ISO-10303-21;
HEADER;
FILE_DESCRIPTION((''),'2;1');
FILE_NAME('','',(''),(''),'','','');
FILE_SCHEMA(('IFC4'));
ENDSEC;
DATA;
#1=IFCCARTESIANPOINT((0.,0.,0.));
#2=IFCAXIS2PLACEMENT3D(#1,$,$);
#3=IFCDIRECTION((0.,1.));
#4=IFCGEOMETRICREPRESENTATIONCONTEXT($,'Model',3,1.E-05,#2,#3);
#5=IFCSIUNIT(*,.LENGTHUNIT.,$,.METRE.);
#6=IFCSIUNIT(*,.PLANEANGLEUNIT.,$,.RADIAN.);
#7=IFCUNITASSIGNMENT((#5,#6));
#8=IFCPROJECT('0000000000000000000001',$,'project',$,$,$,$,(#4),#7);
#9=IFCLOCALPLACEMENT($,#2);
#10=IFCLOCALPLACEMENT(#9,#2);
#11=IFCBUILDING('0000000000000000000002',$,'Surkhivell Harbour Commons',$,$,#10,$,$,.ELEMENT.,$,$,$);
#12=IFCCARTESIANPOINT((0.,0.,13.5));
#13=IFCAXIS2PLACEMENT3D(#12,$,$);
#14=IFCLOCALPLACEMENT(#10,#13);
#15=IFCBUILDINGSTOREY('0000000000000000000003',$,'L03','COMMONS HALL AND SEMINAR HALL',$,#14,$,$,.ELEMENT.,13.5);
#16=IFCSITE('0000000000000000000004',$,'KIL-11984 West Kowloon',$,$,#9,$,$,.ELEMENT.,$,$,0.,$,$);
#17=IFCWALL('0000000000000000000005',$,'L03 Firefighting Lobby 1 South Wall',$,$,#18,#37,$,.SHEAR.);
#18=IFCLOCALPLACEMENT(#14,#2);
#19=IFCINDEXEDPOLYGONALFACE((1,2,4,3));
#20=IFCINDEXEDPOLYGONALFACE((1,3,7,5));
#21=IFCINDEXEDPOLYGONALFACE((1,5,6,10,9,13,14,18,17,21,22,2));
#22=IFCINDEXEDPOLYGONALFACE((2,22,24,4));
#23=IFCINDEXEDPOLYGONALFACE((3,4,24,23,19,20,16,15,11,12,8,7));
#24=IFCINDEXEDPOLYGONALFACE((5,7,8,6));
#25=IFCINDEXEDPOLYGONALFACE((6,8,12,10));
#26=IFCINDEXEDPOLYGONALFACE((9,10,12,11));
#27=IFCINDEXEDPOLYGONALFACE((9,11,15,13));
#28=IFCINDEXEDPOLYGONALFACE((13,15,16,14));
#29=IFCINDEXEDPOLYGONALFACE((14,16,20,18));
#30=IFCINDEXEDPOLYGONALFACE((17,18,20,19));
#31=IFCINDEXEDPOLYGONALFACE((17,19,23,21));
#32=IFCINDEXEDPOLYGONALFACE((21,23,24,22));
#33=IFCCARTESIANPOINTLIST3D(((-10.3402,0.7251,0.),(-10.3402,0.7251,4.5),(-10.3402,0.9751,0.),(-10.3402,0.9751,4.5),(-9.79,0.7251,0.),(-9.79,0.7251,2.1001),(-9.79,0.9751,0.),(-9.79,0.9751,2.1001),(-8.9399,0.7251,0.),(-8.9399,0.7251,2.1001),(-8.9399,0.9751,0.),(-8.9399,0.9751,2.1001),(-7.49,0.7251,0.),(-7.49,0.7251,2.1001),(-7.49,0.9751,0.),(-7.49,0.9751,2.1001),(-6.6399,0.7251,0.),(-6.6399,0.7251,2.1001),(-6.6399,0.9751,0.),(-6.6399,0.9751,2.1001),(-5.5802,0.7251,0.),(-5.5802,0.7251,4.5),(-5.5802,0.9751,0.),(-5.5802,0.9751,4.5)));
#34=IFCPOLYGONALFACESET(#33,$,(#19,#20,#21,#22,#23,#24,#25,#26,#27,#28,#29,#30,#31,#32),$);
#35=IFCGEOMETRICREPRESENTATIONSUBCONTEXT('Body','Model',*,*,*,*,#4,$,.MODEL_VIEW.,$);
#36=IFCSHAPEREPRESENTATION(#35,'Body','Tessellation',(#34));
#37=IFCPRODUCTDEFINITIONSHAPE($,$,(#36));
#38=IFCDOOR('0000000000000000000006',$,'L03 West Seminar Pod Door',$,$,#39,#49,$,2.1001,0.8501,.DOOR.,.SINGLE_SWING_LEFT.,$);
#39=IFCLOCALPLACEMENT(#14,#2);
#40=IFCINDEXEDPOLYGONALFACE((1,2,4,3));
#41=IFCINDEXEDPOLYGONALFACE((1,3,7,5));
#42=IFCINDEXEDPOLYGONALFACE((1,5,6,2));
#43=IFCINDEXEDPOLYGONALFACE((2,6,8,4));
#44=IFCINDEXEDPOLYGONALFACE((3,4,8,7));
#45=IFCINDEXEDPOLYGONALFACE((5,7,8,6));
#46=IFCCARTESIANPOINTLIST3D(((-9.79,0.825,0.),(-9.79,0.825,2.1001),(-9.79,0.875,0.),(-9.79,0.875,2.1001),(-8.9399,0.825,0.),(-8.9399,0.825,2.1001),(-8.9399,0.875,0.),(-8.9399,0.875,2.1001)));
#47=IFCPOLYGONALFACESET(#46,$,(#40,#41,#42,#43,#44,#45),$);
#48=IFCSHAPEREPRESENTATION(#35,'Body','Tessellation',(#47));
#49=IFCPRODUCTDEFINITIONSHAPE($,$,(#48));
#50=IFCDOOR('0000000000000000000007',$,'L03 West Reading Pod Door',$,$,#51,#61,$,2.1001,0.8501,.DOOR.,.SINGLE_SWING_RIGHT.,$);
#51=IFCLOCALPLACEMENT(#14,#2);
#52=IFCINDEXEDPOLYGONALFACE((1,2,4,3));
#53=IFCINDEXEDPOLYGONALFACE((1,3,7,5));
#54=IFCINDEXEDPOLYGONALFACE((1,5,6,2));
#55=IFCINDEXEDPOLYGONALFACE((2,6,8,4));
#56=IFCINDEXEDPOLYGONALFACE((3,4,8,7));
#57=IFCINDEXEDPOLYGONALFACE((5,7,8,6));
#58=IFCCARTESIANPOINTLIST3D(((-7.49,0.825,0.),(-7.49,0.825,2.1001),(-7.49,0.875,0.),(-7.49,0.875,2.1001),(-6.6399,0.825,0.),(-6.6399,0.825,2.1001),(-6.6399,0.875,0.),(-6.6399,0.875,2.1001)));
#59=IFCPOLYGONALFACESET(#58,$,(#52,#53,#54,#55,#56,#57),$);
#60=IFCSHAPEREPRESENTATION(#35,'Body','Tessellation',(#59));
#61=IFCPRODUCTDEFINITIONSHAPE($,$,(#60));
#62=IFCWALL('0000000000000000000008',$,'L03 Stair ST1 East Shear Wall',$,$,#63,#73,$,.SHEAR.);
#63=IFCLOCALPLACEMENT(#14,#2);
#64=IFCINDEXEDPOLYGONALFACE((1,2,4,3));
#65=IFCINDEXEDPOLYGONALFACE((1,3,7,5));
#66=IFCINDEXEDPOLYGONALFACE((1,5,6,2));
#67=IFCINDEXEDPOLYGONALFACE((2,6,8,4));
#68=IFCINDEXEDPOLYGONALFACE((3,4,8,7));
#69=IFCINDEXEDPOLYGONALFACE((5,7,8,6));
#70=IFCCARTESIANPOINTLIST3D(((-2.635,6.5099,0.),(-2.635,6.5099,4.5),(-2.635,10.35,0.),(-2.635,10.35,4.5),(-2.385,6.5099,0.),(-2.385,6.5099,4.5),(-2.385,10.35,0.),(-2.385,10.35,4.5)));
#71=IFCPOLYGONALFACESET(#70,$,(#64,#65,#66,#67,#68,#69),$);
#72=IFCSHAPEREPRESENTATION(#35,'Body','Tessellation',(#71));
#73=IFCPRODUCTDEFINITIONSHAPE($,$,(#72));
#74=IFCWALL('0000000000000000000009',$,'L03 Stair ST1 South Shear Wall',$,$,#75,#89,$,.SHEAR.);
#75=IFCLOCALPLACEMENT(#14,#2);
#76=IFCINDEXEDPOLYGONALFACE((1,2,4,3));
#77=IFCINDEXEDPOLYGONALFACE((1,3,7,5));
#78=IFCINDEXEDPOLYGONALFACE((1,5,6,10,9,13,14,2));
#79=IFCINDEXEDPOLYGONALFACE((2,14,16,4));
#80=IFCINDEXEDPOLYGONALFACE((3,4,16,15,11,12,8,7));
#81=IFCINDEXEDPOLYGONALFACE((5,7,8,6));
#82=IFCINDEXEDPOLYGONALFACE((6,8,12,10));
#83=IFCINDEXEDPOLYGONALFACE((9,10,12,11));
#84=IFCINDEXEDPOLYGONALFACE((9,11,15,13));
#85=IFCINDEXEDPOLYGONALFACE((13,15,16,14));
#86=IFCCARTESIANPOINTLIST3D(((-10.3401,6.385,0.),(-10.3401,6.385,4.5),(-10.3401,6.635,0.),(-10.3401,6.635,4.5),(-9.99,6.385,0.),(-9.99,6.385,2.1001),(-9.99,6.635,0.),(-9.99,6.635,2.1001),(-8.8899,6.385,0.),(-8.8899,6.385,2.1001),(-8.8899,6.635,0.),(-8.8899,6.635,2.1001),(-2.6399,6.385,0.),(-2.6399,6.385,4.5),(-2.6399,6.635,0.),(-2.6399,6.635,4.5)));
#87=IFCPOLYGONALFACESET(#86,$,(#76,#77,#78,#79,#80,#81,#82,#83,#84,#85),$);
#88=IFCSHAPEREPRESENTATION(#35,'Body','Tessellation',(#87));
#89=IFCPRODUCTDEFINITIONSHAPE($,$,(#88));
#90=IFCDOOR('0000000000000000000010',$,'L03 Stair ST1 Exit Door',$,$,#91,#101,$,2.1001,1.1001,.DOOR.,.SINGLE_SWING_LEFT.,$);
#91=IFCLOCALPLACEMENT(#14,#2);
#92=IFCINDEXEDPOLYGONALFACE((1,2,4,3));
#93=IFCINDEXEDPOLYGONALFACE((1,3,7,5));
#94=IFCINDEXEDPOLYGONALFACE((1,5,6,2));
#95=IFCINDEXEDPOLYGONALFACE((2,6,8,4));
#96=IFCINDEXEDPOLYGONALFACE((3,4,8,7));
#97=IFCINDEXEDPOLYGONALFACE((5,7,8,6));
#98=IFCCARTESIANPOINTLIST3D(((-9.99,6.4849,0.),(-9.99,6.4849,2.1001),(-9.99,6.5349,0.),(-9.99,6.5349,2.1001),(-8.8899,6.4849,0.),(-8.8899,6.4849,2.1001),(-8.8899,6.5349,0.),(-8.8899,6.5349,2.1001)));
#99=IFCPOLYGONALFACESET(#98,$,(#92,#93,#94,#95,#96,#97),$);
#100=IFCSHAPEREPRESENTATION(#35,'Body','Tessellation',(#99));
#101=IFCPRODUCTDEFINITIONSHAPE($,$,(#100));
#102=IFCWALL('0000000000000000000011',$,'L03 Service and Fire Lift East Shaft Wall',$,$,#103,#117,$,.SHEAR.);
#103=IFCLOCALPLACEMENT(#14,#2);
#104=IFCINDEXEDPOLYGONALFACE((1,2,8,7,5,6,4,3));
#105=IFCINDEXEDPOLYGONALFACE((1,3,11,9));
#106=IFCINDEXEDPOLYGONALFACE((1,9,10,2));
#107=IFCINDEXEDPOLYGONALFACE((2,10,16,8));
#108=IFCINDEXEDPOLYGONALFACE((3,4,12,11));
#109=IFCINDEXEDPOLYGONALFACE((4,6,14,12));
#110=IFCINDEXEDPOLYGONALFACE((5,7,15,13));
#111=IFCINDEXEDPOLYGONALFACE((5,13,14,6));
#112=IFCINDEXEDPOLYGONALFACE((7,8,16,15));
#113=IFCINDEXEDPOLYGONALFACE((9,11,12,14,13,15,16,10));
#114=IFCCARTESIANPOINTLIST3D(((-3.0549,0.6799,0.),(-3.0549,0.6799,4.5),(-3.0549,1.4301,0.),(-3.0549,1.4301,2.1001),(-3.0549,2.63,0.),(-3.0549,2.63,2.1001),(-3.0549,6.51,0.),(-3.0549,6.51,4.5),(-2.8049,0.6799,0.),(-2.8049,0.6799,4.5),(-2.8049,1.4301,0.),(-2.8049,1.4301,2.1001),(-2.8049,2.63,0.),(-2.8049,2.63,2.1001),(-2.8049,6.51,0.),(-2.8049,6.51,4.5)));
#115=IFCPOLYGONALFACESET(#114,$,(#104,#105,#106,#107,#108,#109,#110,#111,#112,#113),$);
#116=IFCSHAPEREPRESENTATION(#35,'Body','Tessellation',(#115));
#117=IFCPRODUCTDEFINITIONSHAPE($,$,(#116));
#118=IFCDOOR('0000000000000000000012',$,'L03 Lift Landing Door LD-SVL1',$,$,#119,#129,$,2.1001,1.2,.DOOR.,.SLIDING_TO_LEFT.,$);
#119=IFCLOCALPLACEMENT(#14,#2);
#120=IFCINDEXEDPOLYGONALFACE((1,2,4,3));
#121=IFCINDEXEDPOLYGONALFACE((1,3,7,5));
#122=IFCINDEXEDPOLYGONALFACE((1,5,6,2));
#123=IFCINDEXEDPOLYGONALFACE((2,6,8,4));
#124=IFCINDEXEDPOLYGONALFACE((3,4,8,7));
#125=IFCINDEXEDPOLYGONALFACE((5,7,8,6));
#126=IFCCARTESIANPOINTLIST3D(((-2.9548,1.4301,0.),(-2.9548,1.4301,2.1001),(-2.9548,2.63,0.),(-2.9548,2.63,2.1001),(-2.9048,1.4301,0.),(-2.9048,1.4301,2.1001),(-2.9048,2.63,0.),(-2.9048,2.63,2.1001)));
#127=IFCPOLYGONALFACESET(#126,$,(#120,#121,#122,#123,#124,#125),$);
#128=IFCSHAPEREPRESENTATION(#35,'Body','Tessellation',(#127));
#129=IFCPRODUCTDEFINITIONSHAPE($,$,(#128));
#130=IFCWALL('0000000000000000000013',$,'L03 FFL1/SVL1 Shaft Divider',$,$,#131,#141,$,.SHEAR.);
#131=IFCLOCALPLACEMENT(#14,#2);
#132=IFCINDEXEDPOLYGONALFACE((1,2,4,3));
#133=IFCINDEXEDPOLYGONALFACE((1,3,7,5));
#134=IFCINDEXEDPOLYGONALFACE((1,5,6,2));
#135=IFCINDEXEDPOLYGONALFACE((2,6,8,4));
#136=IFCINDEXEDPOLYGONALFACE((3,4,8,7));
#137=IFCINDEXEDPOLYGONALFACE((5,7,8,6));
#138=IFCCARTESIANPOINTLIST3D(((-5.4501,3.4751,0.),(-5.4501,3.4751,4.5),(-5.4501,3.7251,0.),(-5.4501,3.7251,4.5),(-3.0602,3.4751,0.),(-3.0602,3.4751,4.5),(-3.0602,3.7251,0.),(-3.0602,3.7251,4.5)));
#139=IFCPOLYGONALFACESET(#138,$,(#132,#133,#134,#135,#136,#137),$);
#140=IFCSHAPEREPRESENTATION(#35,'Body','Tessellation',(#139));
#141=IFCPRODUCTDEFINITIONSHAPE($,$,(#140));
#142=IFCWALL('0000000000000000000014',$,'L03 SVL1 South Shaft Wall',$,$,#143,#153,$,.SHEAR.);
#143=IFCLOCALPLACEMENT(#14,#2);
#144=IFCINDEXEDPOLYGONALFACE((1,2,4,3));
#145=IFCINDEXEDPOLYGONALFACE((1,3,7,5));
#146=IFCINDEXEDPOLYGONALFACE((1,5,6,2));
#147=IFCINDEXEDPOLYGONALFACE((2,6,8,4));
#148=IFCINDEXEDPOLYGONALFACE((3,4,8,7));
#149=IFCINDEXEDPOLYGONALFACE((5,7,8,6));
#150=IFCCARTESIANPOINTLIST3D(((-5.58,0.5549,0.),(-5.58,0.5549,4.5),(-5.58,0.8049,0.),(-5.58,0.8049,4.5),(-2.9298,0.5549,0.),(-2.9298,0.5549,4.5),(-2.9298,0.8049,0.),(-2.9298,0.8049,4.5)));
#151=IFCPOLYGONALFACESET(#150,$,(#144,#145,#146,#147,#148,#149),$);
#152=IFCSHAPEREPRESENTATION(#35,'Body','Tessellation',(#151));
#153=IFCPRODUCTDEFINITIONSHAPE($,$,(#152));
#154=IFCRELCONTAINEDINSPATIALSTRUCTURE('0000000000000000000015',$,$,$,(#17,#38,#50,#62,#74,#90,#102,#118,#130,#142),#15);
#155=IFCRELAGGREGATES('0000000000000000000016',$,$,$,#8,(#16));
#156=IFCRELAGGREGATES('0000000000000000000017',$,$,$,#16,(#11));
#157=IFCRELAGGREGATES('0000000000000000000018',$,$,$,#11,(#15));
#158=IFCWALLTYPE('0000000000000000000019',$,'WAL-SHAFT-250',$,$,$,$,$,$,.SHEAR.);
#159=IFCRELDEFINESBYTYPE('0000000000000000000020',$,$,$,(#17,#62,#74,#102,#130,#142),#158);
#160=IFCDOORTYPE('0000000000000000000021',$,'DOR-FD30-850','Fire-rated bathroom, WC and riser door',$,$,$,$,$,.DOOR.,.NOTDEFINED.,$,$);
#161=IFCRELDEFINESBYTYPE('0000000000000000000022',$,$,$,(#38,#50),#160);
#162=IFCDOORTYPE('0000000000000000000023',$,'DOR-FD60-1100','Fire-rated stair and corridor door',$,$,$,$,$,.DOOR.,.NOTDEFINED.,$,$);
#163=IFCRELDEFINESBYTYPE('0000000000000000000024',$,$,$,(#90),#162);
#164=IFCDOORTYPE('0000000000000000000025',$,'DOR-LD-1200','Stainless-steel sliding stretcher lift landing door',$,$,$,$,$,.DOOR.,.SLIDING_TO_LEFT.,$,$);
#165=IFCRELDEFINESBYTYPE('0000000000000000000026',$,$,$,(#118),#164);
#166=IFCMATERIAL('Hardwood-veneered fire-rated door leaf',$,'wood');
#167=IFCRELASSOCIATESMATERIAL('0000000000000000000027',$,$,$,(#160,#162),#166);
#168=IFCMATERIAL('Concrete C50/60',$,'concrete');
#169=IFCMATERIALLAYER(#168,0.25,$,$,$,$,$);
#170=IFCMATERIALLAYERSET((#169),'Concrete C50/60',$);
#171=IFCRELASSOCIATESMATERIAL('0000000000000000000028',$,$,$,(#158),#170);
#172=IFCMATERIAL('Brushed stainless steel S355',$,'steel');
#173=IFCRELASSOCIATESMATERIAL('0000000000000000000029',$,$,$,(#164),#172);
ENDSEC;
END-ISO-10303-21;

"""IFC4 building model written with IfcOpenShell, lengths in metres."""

from ifc_helpers import new_model, si_unit, direction, frame, frame_2d, origin, place, context, subcontext, project, spatial, rectangle, extrude, material, layer, layer_set, type_object, element, fill, save


model = new_model("IFC4")

# Units and contexts
model_context = context("Model", 3, precision=1e-05, world=origin(), true_north=direction((0.0, 1.0)))
body_context = subcontext(model_context, "Body", "Model", "MODEL_VIEW")
ifc_project = project(units=[si_unit("LENGTHUNIT", "METRE"), si_unit("PLANEANGLEUNIT", "RADIAN")], contexts=[model_context])

# Site, building, storey
site_placement = place(None, origin())
site = spatial("IfcSite", under=ifc_project, at=site_placement, Name="KIL-11984 West Kowloon", CompositionType="ELEMENT", RefElevation=0.0)
building_placement = place(site_placement, origin())
building = spatial("IfcBuilding", under=site, at=building_placement, Name="Surkhivell Harbour Commons", CompositionType="ELEMENT")
storey_placement = place(building_placement, frame((0.0, 0.0, 13.5)))
storey = spatial("IfcBuildingStorey", under=building, at=storey_placement, Name="L03", Description="COMMONS HALL AND SEMINAR HALL", CompositionType="ELEMENT", Elevation=13.5)

# Shared definitions
ifc_material_1 = material(Name="Concrete C50/60", Category="concrete")

# Shared definitions
ifc_material_2 = material(Name="Hardwood-veneered fire-rated door leaf", Category="wood")

# Shared definitions
door_type_1 = type_object("IfcDoorType", Name="DOR-FD30-850", Description="Fire-rated bathroom, WC and riser door", OperationType="NOTDEFINED", PredefinedType="DOOR", material=ifc_material_2)

# Shared definitions
ifc_layer_1 = layer(ifc_material_1, 0.25)
ifc_layer_set_1 = layer_set([ifc_layer_1], Name="Concrete C50/60")
wall_type_1 = type_object("IfcWallType", Name="WAL-SHAFT-250", PredefinedType="SHEAR", material=ifc_layer_set_1)
ifc_material_3 = material(Name="Brushed stainless steel S355", Category="steel")

# Wall, openings, doors
wall_1_placement = place(storey_placement, frame((-10.3401, 0.8501, 0.0), z_axis=(0.0, 0.0, 1.0), x_axis=(1.0, 0.0, 0.0)))
wall_1 = element("IfcWall", 1, at=wall_1_placement, inside=storey, type_object=wall_type_1, Name="L03 Firefighting Lobby 1 South Wall", PredefinedType="SHEAR", context=body_context, shape_type="SweptSolid", body=[
    extrude(rectangle(XDim=4.76, YDim=0.25, at=frame_2d((2.3799, 0.0))), origin(), (0.0, 0.0, 1.0), 4.5),
])
opening_1_placement = place(wall_1_placement, frame((0.55, 0.0, 0.0)))
opening_1 = element("IfcOpeningElement", 2, at=opening_1_placement, cuts=wall_1, PredefinedType="OPENING", context=body_context, shape_type="SweptSolid", body=[
    extrude(rectangle(XDim=0.8501, YDim=2.1001, at=frame_2d((0.425, 1.05))), frame((0.0, 0.135, 0.0), z_axis=(0.0, -1.0, 0.0), x_axis=(1.0, 0.0, 0.0)), (0.0, 0.0, 1.0), 0.27),
])
opening_2_placement = place(wall_1_placement, frame((2.8501, 0.0, 0.0)))
opening_2 = element("IfcOpeningElement", 3, at=opening_2_placement, cuts=wall_1, PredefinedType="OPENING", context=body_context, shape_type="SweptSolid", body=[
    extrude(rectangle(XDim=0.8501, YDim=2.1001, at=frame_2d((0.425, 1.05))), frame((0.0, 0.135, 0.0), z_axis=(0.0, -1.0, 0.0), x_axis=(1.0, 0.0, 0.0)), (0.0, 0.0, 1.0), 0.27),
])
door_1_placement = place(opening_1_placement, origin())
door_1 = element("IfcDoor", 4, at=door_1_placement, inside=storey, type_object=door_type_1, Name="L03 West Seminar Pod Door", OperationType="SINGLE_SWING_LEFT", OverallHeight=2.1001, OverallWidth=0.8501, PredefinedType="DOOR", context=body_context, shape_type="SweptSolid", body=[
    extrude(rectangle(XDim=0.8501, YDim=2.1001, at=frame_2d((0.425, 1.05))), frame((0.0, 0.0249, 0.0), z_axis=(0.0, -1.0, 0.0), x_axis=(1.0, 0.0, 0.0)), (0.0, 0.0, 1.0), 0.05),
])
fill(opening_1, door_1)
door_2_placement = place(opening_2_placement, origin())
door_2 = element("IfcDoor", 5, at=door_2_placement, inside=storey, type_object=door_type_1, Name="L03 West Reading Pod Door", OperationType="SINGLE_SWING_RIGHT", OverallHeight=2.1001, OverallWidth=0.8501, PredefinedType="DOOR", context=body_context, shape_type="SweptSolid", body=[
    extrude(rectangle(XDim=0.8501, YDim=2.1001, at=frame_2d((0.425, 1.05))), frame((0.0, 0.0249, 0.0), z_axis=(0.0, -1.0, 0.0), x_axis=(1.0, 0.0, 0.0)), (0.0, 0.0, 1.0), 0.05),
])
fill(opening_2, door_2)

# Wall
wall_2_placement = place(storey_placement, frame((-2.51, 6.51, 0.0), z_axis=(0.0, 0.0, 1.0), x_axis=(0.0, 1.0, 0.0)))
element("IfcWall", 6, at=wall_2_placement, inside=storey, type_object=wall_type_1, Name="L03 Stair ST1 East Shear Wall", PredefinedType="SHEAR", context=body_context, shape_type="SweptSolid", body=[
    extrude(rectangle(XDim=3.8401, YDim=0.25, at=frame_2d((1.9199, 0.0))), origin(), (0.0, 0.0, 1.0), 4.5),
])

# Walls, openings, doors
wall_3_placement = place(storey_placement, frame((-10.3401, 6.51, 0.0), z_axis=(0.0, 0.0, 1.0), x_axis=(1.0, 0.0, 0.0)))
wall_3 = element("IfcWall", 7, at=wall_3_placement, inside=storey, type_object=wall_type_1, Name="L03 Stair ST1 South Shear Wall", PredefinedType="SHEAR", context=body_context, shape_type="SweptSolid", body=[
    extrude(rectangle(XDim=7.7002, YDim=0.25, at=frame_2d((3.8501, 0.0))), origin(), (0.0, 0.0, 1.0), 4.5),
])
opening_3_placement = place(wall_3_placement, frame((0.3501, 0.0, 0.0)))
opening_3 = element("IfcOpeningElement", 8, at=opening_3_placement, cuts=wall_3, PredefinedType="OPENING", context=body_context, shape_type="SweptSolid", body=[
    extrude(rectangle(XDim=1.1001, YDim=2.1001, at=frame_2d((0.55, 1.05))), frame((0.0, 0.135, 0.0), z_axis=(0.0, -1.0, 0.0), x_axis=(1.0, 0.0, 0.0)), (0.0, 0.0, 1.0), 0.27),
])
door_type_2 = type_object("IfcDoorType", Name="DOR-FD60-1100", Description="Fire-rated stair and corridor door", OperationType="NOTDEFINED", PredefinedType="DOOR", material=ifc_material_2)
door_3_placement = place(opening_3_placement, origin())
door_3 = element("IfcDoor", 9, at=door_3_placement, inside=storey, type_object=door_type_2, Name="L03 Stair ST1 Exit Door", OperationType="SINGLE_SWING_LEFT", OverallHeight=2.1001, OverallWidth=1.1001, PredefinedType="DOOR", context=body_context, shape_type="SweptSolid", body=[
    extrude(rectangle(XDim=1.1001, YDim=2.1001, at=frame_2d((0.55, 1.05))), frame((0.0, 0.0249, 0.0), z_axis=(0.0, -1.0, 0.0), x_axis=(1.0, 0.0, 0.0)), (0.0, 0.0, 1.0), 0.05),
])
fill(opening_3, door_3)
wall_4_placement = place(storey_placement, frame((-2.9299, 0.6799, 0.0), z_axis=(0.0, 0.0, 1.0), x_axis=(0.0, 1.0, 0.0)))
wall_4 = element("IfcWall", 10, at=wall_4_placement, inside=storey, type_object=wall_type_1, Name="L03 Service and Fire Lift East Shaft Wall", PredefinedType="SHEAR", context=body_context, shape_type="SweptSolid", body=[
    extrude(rectangle(XDim=5.8301, YDim=0.25, at=frame_2d((2.915, 0.0))), origin(), (0.0, 0.0, 1.0), 4.5),
])
opening_4_placement = place(wall_4_placement, frame((0.75, 0.0, 0.0)))
opening_4 = element("IfcOpeningElement", 11, at=opening_4_placement, cuts=wall_4, PredefinedType="OPENING", context=body_context, shape_type="SweptSolid", body=[
    extrude(rectangle(XDim=1.2, YDim=2.1001, at=frame_2d((0.6001, 1.05))), frame((0.0, 0.135, 0.0), z_axis=(0.0, -1.0, 0.0), x_axis=(1.0, 0.0, 0.0)), (0.0, 0.0, 1.0), 0.27),
])
door_type_3 = type_object("IfcDoorType", Name="DOR-LD-1200", Description="Stainless-steel sliding stretcher lift landing door", OperationType="SLIDING_TO_LEFT", PredefinedType="DOOR", material=ifc_material_3)
door_4_placement = place(opening_4_placement, origin())
door_4 = element("IfcDoor", 12, at=door_4_placement, inside=storey, type_object=door_type_3, Name="L03 Lift Landing Door LD-SVL1", OperationType="SLIDING_TO_LEFT", OverallHeight=2.1001, OverallWidth=1.2, PredefinedType="DOOR", context=body_context, shape_type="SweptSolid", body=[
    extrude(rectangle(XDim=1.2, YDim=2.1001, at=frame_2d((0.6001, 1.05))), frame((0.0, 0.0249, 0.0), z_axis=(0.0, -1.0, 0.0), x_axis=(1.0, 0.0, 0.0)), (0.0, 0.0, 1.0), 0.05),
])
fill(opening_4, door_4)

# Walls
wall_5_placement = place(storey_placement, frame((-5.45, 3.6001, 0.0), z_axis=(0.0, 0.0, 1.0), x_axis=(1.0, 0.0, 0.0)))
element("IfcWall", 13, at=wall_5_placement, inside=storey, type_object=wall_type_1, Name="L03 FFL1/SVL1 Shaft Divider", PredefinedType="SHEAR", context=body_context, shape_type="SweptSolid", body=[
    extrude(rectangle(XDim=2.3899, YDim=0.25, at=frame_2d((1.1948, 0.0))), origin(), (0.0, 0.0, 1.0), 4.5),
])
wall_6_placement = place(storey_placement, frame((-5.5801, 0.6799, 0.0), z_axis=(0.0, 0.0, 1.0), x_axis=(1.0, 0.0, 0.0)))
element("IfcWall", 14, at=wall_6_placement, inside=storey, type_object=wall_type_1, Name="L03 SVL1 South Shaft Wall", PredefinedType="SHEAR", context=body_context, shape_type="SweptSolid", body=[
    extrude(rectangle(XDim=2.6501, YDim=0.25, at=frame_2d((1.3252, 0.0))), origin(), (0.0, 0.0, 1.0), 4.5),
])

save(model, "model.ifc")
